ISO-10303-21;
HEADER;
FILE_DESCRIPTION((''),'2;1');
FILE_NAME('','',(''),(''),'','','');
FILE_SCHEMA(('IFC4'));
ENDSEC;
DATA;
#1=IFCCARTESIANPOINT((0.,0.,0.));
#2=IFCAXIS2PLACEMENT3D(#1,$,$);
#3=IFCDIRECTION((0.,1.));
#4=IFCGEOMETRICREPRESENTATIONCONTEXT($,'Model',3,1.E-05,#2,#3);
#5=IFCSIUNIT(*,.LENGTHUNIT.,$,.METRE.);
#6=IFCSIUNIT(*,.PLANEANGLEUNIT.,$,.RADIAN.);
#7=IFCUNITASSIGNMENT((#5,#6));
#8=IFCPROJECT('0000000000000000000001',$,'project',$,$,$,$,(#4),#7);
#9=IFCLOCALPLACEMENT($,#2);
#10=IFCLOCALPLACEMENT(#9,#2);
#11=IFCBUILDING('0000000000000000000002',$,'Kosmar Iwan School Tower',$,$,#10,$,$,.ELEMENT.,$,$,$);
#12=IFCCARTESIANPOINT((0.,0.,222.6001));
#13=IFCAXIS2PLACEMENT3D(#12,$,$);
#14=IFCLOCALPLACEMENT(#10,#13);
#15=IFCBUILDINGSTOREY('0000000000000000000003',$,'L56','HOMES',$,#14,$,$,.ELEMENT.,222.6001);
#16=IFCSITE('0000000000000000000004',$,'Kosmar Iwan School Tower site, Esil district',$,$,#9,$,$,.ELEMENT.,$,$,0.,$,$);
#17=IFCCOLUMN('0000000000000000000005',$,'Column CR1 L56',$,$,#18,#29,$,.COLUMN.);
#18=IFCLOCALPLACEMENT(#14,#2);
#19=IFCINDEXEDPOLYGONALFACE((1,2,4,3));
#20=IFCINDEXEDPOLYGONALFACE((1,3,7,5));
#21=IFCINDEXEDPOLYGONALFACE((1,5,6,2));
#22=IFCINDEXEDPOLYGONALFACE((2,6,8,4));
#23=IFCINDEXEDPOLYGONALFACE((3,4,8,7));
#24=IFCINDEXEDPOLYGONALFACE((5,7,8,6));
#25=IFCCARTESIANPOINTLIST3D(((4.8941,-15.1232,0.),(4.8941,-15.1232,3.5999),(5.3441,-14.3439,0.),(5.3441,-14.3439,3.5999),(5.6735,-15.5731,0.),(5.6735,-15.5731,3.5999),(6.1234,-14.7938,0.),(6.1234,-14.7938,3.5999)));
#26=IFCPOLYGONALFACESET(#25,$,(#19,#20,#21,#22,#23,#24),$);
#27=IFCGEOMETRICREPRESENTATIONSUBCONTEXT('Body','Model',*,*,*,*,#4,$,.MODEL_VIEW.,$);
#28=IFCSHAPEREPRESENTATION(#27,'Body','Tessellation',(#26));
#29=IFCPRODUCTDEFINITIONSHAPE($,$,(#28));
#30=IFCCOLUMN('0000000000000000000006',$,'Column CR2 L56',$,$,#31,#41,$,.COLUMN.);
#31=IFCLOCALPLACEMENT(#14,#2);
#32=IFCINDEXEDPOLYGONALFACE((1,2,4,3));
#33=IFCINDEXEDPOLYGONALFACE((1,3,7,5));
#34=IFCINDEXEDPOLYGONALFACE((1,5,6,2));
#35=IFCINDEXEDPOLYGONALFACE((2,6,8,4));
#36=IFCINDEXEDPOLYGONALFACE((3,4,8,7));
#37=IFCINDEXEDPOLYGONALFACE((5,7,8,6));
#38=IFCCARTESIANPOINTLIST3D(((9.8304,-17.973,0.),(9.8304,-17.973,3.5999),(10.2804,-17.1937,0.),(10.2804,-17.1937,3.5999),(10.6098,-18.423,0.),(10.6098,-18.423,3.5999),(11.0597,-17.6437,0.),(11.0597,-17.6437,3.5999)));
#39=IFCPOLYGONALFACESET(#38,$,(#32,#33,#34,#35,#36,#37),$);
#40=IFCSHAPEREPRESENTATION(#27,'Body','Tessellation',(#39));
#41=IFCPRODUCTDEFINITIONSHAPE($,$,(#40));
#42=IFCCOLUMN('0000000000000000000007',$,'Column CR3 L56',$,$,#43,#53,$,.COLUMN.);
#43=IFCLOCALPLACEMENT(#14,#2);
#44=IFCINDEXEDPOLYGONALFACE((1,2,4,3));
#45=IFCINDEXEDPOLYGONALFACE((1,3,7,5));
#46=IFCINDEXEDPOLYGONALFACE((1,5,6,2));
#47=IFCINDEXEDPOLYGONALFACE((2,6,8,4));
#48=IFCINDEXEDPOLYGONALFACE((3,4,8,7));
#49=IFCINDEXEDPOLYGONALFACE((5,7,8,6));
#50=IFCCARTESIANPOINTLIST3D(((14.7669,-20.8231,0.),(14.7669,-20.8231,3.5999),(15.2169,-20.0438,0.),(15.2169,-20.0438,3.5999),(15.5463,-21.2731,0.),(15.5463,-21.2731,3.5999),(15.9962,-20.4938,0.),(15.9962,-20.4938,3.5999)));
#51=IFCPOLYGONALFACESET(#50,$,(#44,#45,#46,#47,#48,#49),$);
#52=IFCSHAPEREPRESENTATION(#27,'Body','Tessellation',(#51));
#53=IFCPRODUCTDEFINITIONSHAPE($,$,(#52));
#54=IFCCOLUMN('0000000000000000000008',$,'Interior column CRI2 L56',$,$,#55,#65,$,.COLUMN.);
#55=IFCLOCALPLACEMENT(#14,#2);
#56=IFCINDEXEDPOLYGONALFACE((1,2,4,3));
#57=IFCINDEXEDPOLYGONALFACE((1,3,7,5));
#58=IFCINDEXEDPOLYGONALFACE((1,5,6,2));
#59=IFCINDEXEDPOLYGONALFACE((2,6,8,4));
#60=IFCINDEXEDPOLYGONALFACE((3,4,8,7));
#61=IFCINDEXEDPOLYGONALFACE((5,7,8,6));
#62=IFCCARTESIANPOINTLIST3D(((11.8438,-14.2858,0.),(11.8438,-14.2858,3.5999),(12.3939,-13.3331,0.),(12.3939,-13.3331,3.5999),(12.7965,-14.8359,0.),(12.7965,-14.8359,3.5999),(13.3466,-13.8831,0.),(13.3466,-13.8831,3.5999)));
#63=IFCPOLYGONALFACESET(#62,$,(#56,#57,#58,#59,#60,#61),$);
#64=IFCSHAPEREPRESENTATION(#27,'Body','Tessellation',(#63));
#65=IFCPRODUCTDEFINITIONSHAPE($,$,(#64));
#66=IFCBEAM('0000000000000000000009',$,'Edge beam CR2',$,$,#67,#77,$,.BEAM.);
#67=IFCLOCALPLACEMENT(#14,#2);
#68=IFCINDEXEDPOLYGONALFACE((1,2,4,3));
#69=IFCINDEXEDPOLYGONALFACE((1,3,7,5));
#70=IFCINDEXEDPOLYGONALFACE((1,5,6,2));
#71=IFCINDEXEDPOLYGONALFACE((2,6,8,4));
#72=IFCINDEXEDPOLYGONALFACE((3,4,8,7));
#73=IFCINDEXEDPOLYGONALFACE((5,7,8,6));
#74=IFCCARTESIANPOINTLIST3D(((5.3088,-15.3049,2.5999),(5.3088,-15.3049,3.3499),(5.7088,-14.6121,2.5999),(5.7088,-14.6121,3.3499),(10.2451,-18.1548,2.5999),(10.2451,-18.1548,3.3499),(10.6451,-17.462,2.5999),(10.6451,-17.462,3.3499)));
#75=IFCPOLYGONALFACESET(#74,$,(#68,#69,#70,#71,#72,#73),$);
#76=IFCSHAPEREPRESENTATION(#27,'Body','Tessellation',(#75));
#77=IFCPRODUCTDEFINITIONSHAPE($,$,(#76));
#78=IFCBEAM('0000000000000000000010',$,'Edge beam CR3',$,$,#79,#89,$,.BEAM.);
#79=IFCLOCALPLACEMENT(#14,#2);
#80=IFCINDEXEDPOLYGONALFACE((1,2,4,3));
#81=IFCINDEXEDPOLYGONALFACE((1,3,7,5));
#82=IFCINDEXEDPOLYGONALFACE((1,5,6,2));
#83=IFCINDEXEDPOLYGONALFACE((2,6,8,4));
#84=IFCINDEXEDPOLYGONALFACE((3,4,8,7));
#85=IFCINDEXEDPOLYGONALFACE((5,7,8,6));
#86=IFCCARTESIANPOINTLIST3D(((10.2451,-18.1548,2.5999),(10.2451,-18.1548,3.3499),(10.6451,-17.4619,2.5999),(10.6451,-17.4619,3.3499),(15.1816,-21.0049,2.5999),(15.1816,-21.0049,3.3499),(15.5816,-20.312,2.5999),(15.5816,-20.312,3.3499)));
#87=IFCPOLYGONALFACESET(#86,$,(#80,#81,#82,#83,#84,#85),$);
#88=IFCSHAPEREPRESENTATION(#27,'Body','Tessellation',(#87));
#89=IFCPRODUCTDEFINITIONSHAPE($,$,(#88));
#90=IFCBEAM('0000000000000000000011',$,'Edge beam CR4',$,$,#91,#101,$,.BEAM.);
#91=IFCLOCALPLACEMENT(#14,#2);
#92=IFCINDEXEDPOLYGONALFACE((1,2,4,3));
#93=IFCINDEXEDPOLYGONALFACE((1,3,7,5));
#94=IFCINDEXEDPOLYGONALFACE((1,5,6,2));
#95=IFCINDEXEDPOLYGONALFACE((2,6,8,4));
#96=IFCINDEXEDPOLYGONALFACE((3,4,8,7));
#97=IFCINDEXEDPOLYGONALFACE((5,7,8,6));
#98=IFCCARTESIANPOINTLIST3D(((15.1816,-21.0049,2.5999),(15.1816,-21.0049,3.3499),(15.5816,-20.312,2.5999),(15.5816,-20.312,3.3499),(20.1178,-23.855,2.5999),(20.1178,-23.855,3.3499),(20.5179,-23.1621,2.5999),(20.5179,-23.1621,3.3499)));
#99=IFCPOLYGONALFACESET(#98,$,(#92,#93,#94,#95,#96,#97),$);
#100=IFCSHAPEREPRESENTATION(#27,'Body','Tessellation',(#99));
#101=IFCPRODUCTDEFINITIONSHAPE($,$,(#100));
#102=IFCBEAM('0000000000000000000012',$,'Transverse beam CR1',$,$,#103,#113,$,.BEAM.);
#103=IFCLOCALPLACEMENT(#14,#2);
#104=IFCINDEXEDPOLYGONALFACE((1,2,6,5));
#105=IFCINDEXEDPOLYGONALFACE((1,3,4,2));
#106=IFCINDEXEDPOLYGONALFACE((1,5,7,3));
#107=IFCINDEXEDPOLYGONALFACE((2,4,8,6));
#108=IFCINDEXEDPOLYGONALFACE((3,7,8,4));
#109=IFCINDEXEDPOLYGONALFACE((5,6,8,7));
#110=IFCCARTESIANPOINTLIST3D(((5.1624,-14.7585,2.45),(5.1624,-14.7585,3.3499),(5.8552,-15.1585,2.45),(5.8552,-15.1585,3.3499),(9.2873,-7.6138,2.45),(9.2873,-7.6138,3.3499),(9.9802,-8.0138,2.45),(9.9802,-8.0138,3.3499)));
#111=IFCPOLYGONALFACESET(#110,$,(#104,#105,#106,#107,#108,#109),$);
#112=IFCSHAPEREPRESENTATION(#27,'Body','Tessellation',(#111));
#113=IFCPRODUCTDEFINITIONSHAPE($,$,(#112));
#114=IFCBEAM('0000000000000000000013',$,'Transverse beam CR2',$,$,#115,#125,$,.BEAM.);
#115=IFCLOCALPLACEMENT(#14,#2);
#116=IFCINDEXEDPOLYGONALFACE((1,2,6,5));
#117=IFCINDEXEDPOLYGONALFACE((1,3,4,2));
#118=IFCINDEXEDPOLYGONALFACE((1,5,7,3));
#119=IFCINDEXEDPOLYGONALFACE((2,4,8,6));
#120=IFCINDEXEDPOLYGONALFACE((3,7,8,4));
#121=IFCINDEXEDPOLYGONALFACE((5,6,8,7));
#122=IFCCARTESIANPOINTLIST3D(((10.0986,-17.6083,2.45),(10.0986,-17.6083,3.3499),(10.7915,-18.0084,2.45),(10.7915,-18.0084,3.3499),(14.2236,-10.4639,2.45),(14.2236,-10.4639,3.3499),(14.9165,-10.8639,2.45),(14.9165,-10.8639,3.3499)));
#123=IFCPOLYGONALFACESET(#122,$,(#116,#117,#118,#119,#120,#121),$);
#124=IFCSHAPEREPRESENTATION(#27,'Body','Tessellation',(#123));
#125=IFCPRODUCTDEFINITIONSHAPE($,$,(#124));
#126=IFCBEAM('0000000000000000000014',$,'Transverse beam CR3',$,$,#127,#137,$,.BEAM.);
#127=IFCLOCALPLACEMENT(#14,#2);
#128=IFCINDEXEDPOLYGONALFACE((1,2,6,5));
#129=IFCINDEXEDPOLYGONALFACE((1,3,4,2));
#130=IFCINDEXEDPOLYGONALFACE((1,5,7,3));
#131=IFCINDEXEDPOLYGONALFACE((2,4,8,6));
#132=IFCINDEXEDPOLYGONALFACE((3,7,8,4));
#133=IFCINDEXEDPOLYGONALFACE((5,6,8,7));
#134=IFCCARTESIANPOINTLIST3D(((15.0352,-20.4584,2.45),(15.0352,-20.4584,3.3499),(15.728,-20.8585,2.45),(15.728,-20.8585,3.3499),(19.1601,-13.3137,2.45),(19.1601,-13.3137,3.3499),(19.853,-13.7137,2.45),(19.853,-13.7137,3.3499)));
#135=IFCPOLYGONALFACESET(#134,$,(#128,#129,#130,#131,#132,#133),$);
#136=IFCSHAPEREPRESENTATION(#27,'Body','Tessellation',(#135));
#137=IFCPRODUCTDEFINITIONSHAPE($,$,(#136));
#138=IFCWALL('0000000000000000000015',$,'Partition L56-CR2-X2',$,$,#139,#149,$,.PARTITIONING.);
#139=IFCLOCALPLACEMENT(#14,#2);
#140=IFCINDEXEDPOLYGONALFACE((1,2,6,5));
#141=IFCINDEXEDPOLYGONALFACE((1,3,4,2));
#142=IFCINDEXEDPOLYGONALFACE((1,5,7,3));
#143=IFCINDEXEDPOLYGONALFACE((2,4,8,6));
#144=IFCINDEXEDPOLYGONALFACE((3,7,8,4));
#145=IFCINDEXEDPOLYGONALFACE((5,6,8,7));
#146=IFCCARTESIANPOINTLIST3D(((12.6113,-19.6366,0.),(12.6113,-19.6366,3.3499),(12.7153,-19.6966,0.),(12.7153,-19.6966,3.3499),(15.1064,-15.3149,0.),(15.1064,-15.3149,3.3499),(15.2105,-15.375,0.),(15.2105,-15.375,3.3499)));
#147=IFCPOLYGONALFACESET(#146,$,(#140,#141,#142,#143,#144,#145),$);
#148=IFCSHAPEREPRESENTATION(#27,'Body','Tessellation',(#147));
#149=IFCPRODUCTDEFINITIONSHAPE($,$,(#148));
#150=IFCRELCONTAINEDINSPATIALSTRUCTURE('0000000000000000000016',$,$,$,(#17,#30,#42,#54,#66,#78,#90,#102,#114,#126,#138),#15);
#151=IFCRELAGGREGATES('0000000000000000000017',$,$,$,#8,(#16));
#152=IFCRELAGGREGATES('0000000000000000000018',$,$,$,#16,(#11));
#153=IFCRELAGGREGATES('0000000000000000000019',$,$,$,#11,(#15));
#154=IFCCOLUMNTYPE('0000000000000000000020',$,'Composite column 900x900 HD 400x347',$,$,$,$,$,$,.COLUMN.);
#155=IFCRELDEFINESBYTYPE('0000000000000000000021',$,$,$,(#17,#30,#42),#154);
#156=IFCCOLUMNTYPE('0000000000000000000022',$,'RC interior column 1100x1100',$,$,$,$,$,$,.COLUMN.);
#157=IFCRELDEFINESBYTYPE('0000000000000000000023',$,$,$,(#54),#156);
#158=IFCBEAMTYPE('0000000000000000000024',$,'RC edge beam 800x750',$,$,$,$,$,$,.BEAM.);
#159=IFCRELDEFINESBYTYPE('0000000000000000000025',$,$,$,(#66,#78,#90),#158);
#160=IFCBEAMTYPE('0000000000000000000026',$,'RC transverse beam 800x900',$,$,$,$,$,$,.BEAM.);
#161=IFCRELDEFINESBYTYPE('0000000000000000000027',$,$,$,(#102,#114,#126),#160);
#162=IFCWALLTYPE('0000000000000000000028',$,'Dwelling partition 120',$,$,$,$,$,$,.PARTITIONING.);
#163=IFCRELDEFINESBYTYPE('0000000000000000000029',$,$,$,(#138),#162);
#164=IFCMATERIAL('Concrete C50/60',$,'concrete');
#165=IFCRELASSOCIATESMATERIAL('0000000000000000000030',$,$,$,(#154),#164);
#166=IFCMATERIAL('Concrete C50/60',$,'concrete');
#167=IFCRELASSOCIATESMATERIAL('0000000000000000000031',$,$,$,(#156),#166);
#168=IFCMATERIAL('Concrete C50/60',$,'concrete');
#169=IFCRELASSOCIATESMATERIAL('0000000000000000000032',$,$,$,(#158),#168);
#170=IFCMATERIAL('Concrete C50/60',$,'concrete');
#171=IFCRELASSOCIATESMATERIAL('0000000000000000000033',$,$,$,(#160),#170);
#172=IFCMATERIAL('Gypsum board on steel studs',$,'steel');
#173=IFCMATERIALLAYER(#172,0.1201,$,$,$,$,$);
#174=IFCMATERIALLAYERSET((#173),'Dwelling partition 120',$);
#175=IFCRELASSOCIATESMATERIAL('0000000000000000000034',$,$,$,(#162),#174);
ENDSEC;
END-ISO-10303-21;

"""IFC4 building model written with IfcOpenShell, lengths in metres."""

from ifc_helpers import new_model, si_unit, direction, frame, frame_2d, origin, origin_2d, place, context, subcontext, project, spatial, rectangle, extrude, material, layer, layer_set, material_profile, profile_set, type_object, element, save


model = new_model("IFC4")

# Units and contexts
model_context = context("Model", 3, precision=1e-05, world=origin(), true_north=direction((0.0, 1.0)))
body_context = subcontext(model_context, "Body", "Model", "MODEL_VIEW")
ifc_project = project(units=[si_unit("LENGTHUNIT", "METRE"), si_unit("PLANEANGLEUNIT", "RADIAN")], contexts=[model_context])

# Site, building, storey
site_placement = place(None, origin())
site = spatial("IfcSite", under=ifc_project, at=site_placement, Name="Kosmar Iwan School Tower site, Esil district", CompositionType="ELEMENT", RefElevation=0.0)
building_placement = place(site_placement, origin())
building = spatial("IfcBuilding", under=site, at=building_placement, Name="Kosmar Iwan School Tower", CompositionType="ELEMENT")
storey_placement = place(building_placement, frame((0.0, 0.0, 222.6001)))
storey = spatial("IfcBuildingStorey", under=building, at=storey_placement, Name="L56", Description="HOMES", CompositionType="ELEMENT", Elevation=222.6001)

# Columns
ifc_material_1 = material(Name="Concrete C50/60", Category="concrete")
ifc_material_profile_1 = material_profile(ifc_material_1, rectangle(XDim=0.8999, YDim=0.8999, at=origin_2d()), Name="RC 900x900 + HD 400x347")
ifc_profile_set_1 = profile_set([ifc_material_profile_1], Name="Concrete C50/60")
column_type_1 = type_object("IfcColumnType", Name="Composite column 900x900 HD 400x347", PredefinedType="COLUMN", material=ifc_profile_set_1)
for number, where, z_axis, x_axis, name in (
    (1, (5.5088, -14.9585, 0.0), (0.0, 0.0, 1.0), (0.866025, -0.5, 0.0), "Column CR1 L56"),
    (2, (10.4451, -17.8083, 0.0), (0.0, 0.0, 1.0), (0.866025, -0.5, 0.0), "Column CR2 L56"),
    (3, (15.3816, -20.6584, 0.0), (0.0, 0.0, 1.0), (0.866025, -0.5, 0.0), "Column CR3 L56"),
):
    element("IfcColumn", number, at=place(storey_placement, frame(where, z_axis=z_axis, x_axis=x_axis)), inside=storey, type_object=column_type_1, Name=name, PredefinedType="COLUMN", context=body_context, shape_type="SweptSolid", body=[
        extrude(rectangle(XDim=0.8999, YDim=0.8999, at=origin_2d()), origin(), (0.0, 0.0, 1.0), 3.5999),
    ])
ifc_material_2 = material(Name="Concrete C50/60", Category="concrete")
ifc_material_profile_2 = material_profile(ifc_material_2, rectangle(XDim=1.1001, YDim=1.1001, at=origin_2d()), Name="RC 1100x1100")
ifc_profile_set_2 = profile_set([ifc_material_profile_2], Name="Concrete C50/60")
column_type_2 = type_object("IfcColumnType", Name="RC interior column 1100x1100", PredefinedType="COLUMN", material=ifc_profile_set_2)
column_placement = place(storey_placement, frame((12.5952, -14.0845, 0.0), z_axis=(0.0, 0.0, 1.0), x_axis=(0.866025, -0.5, 0.0)))
element("IfcColumn", 4, at=column_placement, inside=storey, type_object=column_type_2, Name="Interior column CRI2 L56", PredefinedType="COLUMN", context=body_context, shape_type="SweptSolid", body=[
    extrude(rectangle(XDim=1.1001, YDim=1.1001, at=origin_2d()), origin(), (0.0, 0.0, 1.0), 3.5999),
])

# Beams
ifc_material_3 = material(Name="Concrete C50/60", Category="concrete")
ifc_material_profile_3 = material_profile(ifc_material_3, rectangle(XDim=0.8, YDim=0.75, at=origin_2d()), Name="RC 800x750")
ifc_profile_set_3 = profile_set([ifc_material_profile_3], Name="Concrete C50/60")
beam_type_1 = type_object("IfcBeamType", Name="RC edge beam 800x750", PredefinedType="BEAM", material=ifc_profile_set_3)
beam_1_placement = place(storey_placement, frame((5.5088, -14.9585, 2.9749), z_axis=(0.866034, -0.499986, 0.0), x_axis=(0.499986, 0.866034, 0.0)))
element("IfcBeam", 5, at=beam_1_placement, inside=storey, type_object=beam_type_1, Name="Edge beam CR2", PredefinedType="BEAM", context=body_context, shape_type="SweptSolid", body=[
    extrude(rectangle(XDim=0.8, YDim=0.75, at=origin_2d()), origin(), (0.0, 0.0, 1.0), 5.7),
])
beam_2_placement = place(storey_placement, frame((10.4451, -17.8083, 2.9749), z_axis=(0.866026, -0.499999, 0.0), x_axis=(0.499999, 0.866026, 0.0)))
element("IfcBeam", 6, at=beam_2_placement, inside=storey, type_object=beam_type_1, Name="Edge beam CR3", PredefinedType="BEAM", context=body_context, shape_type="SweptSolid", body=[
    extrude(rectangle(XDim=0.8, YDim=0.75, at=origin_2d()), origin(), (0.0, 0.0, 1.0), 5.7002),
])
beam_3_placement = place(storey_placement, frame((15.3816, -20.6584, 2.9749), z_axis=(0.866015, -0.500018, 0.0), x_axis=(0.500018, 0.866015, 0.0)))
element("IfcBeam", 7, at=beam_3_placement, inside=storey, type_object=beam_type_1, Name="Edge beam CR4", PredefinedType="BEAM", context=body_context, shape_type="SweptSolid", body=[
    extrude(rectangle(XDim=0.8, YDim=0.75, at=origin_2d()), origin(), (0.0, 0.0, 1.0), 5.7),
])
ifc_material_4 = material(Name="Concrete C50/60", Category="concrete")
ifc_material_profile_4 = material_profile(ifc_material_4, rectangle(XDim=0.8, YDim=0.8999, at=origin_2d()), Name="RC 800x900")
ifc_profile_set_4 = profile_set([ifc_material_profile_4], Name="Concrete C50/60")
beam_type_2 = type_object("IfcBeamType", Name="RC transverse beam 800x900", PredefinedType="BEAM", material=ifc_profile_set_4)
beam_4_placement = place(storey_placement, frame((5.5088, -14.9585, 2.8999), z_axis=(0.499997, 0.866027, 0.0), x_axis=(-0.866027, 0.499997, 0.0)))
element("IfcBeam", 8, at=beam_4_placement, inside=storey, type_object=beam_type_2, Name="Transverse beam CR1", PredefinedType="BEAM", context=body_context, shape_type="SweptSolid", body=[
    extrude(rectangle(XDim=0.8, YDim=0.8999, at=origin_2d()), origin(), (0.0, 0.0, 1.0), 8.25),
])
beam_5_placement = place(storey_placement, frame((10.4451, -17.8083, 2.8999), z_axis=(0.500009, 0.86602, 0.0), x_axis=(-0.86602, 0.500009, 0.0)))
element("IfcBeam", 9, at=beam_5_placement, inside=storey, type_object=beam_type_2, Name="Transverse beam CR2", PredefinedType="BEAM", context=body_context, shape_type="SweptSolid", body=[
    extrude(rectangle(XDim=0.8, YDim=0.8999, at=origin_2d()), origin(), (0.0, 0.0, 1.0), 8.2498),
])
beam_6_placement = place(storey_placement, frame((15.3816, -20.6584, 2.8999), z_axis=(0.499997, 0.866027, 0.0), x_axis=(-0.866027, 0.499997, 0.0)))
element("IfcBeam", 10, at=beam_6_placement, inside=storey, type_object=beam_type_2, Name="Transverse beam CR3", PredefinedType="BEAM", context=body_context, shape_type="SweptSolid", body=[
    extrude(rectangle(XDim=0.8, YDim=0.8999, at=origin_2d()), origin(), (0.0, 0.0, 1.0), 8.25),
])

# Wall
ifc_material_5 = material(Name="Gypsum board on steel studs", Category="steel")
ifc_layer = layer(ifc_material_5, 0.1201)
ifc_layer_set = layer_set([ifc_layer], Name="Dwelling partition 120")
wall_type = type_object("IfcWallType", Name="Dwelling partition 120", PredefinedType="PARTITIONING", material=ifc_layer_set)
wall_placement = place(storey_placement, frame((15.1584, -15.345, 0.0), z_axis=(0.0, 0.0, 1.0), x_axis=(-0.500012, -0.866019, 0.0)))
element("IfcWall", 11, at=wall_placement, inside=storey, type_object=wall_type, Name="Partition L56-CR2-X2", PredefinedType="PARTITIONING", context=body_context, shape_type="SweptSolid", body=[
    extrude(rectangle(XDim=4.9902, YDim=0.1201, at=frame_2d((2.4951, 0.0))), origin(), (0.0, 0.0, 1.0), 3.3499),
])

save(model, "model.ifc")
